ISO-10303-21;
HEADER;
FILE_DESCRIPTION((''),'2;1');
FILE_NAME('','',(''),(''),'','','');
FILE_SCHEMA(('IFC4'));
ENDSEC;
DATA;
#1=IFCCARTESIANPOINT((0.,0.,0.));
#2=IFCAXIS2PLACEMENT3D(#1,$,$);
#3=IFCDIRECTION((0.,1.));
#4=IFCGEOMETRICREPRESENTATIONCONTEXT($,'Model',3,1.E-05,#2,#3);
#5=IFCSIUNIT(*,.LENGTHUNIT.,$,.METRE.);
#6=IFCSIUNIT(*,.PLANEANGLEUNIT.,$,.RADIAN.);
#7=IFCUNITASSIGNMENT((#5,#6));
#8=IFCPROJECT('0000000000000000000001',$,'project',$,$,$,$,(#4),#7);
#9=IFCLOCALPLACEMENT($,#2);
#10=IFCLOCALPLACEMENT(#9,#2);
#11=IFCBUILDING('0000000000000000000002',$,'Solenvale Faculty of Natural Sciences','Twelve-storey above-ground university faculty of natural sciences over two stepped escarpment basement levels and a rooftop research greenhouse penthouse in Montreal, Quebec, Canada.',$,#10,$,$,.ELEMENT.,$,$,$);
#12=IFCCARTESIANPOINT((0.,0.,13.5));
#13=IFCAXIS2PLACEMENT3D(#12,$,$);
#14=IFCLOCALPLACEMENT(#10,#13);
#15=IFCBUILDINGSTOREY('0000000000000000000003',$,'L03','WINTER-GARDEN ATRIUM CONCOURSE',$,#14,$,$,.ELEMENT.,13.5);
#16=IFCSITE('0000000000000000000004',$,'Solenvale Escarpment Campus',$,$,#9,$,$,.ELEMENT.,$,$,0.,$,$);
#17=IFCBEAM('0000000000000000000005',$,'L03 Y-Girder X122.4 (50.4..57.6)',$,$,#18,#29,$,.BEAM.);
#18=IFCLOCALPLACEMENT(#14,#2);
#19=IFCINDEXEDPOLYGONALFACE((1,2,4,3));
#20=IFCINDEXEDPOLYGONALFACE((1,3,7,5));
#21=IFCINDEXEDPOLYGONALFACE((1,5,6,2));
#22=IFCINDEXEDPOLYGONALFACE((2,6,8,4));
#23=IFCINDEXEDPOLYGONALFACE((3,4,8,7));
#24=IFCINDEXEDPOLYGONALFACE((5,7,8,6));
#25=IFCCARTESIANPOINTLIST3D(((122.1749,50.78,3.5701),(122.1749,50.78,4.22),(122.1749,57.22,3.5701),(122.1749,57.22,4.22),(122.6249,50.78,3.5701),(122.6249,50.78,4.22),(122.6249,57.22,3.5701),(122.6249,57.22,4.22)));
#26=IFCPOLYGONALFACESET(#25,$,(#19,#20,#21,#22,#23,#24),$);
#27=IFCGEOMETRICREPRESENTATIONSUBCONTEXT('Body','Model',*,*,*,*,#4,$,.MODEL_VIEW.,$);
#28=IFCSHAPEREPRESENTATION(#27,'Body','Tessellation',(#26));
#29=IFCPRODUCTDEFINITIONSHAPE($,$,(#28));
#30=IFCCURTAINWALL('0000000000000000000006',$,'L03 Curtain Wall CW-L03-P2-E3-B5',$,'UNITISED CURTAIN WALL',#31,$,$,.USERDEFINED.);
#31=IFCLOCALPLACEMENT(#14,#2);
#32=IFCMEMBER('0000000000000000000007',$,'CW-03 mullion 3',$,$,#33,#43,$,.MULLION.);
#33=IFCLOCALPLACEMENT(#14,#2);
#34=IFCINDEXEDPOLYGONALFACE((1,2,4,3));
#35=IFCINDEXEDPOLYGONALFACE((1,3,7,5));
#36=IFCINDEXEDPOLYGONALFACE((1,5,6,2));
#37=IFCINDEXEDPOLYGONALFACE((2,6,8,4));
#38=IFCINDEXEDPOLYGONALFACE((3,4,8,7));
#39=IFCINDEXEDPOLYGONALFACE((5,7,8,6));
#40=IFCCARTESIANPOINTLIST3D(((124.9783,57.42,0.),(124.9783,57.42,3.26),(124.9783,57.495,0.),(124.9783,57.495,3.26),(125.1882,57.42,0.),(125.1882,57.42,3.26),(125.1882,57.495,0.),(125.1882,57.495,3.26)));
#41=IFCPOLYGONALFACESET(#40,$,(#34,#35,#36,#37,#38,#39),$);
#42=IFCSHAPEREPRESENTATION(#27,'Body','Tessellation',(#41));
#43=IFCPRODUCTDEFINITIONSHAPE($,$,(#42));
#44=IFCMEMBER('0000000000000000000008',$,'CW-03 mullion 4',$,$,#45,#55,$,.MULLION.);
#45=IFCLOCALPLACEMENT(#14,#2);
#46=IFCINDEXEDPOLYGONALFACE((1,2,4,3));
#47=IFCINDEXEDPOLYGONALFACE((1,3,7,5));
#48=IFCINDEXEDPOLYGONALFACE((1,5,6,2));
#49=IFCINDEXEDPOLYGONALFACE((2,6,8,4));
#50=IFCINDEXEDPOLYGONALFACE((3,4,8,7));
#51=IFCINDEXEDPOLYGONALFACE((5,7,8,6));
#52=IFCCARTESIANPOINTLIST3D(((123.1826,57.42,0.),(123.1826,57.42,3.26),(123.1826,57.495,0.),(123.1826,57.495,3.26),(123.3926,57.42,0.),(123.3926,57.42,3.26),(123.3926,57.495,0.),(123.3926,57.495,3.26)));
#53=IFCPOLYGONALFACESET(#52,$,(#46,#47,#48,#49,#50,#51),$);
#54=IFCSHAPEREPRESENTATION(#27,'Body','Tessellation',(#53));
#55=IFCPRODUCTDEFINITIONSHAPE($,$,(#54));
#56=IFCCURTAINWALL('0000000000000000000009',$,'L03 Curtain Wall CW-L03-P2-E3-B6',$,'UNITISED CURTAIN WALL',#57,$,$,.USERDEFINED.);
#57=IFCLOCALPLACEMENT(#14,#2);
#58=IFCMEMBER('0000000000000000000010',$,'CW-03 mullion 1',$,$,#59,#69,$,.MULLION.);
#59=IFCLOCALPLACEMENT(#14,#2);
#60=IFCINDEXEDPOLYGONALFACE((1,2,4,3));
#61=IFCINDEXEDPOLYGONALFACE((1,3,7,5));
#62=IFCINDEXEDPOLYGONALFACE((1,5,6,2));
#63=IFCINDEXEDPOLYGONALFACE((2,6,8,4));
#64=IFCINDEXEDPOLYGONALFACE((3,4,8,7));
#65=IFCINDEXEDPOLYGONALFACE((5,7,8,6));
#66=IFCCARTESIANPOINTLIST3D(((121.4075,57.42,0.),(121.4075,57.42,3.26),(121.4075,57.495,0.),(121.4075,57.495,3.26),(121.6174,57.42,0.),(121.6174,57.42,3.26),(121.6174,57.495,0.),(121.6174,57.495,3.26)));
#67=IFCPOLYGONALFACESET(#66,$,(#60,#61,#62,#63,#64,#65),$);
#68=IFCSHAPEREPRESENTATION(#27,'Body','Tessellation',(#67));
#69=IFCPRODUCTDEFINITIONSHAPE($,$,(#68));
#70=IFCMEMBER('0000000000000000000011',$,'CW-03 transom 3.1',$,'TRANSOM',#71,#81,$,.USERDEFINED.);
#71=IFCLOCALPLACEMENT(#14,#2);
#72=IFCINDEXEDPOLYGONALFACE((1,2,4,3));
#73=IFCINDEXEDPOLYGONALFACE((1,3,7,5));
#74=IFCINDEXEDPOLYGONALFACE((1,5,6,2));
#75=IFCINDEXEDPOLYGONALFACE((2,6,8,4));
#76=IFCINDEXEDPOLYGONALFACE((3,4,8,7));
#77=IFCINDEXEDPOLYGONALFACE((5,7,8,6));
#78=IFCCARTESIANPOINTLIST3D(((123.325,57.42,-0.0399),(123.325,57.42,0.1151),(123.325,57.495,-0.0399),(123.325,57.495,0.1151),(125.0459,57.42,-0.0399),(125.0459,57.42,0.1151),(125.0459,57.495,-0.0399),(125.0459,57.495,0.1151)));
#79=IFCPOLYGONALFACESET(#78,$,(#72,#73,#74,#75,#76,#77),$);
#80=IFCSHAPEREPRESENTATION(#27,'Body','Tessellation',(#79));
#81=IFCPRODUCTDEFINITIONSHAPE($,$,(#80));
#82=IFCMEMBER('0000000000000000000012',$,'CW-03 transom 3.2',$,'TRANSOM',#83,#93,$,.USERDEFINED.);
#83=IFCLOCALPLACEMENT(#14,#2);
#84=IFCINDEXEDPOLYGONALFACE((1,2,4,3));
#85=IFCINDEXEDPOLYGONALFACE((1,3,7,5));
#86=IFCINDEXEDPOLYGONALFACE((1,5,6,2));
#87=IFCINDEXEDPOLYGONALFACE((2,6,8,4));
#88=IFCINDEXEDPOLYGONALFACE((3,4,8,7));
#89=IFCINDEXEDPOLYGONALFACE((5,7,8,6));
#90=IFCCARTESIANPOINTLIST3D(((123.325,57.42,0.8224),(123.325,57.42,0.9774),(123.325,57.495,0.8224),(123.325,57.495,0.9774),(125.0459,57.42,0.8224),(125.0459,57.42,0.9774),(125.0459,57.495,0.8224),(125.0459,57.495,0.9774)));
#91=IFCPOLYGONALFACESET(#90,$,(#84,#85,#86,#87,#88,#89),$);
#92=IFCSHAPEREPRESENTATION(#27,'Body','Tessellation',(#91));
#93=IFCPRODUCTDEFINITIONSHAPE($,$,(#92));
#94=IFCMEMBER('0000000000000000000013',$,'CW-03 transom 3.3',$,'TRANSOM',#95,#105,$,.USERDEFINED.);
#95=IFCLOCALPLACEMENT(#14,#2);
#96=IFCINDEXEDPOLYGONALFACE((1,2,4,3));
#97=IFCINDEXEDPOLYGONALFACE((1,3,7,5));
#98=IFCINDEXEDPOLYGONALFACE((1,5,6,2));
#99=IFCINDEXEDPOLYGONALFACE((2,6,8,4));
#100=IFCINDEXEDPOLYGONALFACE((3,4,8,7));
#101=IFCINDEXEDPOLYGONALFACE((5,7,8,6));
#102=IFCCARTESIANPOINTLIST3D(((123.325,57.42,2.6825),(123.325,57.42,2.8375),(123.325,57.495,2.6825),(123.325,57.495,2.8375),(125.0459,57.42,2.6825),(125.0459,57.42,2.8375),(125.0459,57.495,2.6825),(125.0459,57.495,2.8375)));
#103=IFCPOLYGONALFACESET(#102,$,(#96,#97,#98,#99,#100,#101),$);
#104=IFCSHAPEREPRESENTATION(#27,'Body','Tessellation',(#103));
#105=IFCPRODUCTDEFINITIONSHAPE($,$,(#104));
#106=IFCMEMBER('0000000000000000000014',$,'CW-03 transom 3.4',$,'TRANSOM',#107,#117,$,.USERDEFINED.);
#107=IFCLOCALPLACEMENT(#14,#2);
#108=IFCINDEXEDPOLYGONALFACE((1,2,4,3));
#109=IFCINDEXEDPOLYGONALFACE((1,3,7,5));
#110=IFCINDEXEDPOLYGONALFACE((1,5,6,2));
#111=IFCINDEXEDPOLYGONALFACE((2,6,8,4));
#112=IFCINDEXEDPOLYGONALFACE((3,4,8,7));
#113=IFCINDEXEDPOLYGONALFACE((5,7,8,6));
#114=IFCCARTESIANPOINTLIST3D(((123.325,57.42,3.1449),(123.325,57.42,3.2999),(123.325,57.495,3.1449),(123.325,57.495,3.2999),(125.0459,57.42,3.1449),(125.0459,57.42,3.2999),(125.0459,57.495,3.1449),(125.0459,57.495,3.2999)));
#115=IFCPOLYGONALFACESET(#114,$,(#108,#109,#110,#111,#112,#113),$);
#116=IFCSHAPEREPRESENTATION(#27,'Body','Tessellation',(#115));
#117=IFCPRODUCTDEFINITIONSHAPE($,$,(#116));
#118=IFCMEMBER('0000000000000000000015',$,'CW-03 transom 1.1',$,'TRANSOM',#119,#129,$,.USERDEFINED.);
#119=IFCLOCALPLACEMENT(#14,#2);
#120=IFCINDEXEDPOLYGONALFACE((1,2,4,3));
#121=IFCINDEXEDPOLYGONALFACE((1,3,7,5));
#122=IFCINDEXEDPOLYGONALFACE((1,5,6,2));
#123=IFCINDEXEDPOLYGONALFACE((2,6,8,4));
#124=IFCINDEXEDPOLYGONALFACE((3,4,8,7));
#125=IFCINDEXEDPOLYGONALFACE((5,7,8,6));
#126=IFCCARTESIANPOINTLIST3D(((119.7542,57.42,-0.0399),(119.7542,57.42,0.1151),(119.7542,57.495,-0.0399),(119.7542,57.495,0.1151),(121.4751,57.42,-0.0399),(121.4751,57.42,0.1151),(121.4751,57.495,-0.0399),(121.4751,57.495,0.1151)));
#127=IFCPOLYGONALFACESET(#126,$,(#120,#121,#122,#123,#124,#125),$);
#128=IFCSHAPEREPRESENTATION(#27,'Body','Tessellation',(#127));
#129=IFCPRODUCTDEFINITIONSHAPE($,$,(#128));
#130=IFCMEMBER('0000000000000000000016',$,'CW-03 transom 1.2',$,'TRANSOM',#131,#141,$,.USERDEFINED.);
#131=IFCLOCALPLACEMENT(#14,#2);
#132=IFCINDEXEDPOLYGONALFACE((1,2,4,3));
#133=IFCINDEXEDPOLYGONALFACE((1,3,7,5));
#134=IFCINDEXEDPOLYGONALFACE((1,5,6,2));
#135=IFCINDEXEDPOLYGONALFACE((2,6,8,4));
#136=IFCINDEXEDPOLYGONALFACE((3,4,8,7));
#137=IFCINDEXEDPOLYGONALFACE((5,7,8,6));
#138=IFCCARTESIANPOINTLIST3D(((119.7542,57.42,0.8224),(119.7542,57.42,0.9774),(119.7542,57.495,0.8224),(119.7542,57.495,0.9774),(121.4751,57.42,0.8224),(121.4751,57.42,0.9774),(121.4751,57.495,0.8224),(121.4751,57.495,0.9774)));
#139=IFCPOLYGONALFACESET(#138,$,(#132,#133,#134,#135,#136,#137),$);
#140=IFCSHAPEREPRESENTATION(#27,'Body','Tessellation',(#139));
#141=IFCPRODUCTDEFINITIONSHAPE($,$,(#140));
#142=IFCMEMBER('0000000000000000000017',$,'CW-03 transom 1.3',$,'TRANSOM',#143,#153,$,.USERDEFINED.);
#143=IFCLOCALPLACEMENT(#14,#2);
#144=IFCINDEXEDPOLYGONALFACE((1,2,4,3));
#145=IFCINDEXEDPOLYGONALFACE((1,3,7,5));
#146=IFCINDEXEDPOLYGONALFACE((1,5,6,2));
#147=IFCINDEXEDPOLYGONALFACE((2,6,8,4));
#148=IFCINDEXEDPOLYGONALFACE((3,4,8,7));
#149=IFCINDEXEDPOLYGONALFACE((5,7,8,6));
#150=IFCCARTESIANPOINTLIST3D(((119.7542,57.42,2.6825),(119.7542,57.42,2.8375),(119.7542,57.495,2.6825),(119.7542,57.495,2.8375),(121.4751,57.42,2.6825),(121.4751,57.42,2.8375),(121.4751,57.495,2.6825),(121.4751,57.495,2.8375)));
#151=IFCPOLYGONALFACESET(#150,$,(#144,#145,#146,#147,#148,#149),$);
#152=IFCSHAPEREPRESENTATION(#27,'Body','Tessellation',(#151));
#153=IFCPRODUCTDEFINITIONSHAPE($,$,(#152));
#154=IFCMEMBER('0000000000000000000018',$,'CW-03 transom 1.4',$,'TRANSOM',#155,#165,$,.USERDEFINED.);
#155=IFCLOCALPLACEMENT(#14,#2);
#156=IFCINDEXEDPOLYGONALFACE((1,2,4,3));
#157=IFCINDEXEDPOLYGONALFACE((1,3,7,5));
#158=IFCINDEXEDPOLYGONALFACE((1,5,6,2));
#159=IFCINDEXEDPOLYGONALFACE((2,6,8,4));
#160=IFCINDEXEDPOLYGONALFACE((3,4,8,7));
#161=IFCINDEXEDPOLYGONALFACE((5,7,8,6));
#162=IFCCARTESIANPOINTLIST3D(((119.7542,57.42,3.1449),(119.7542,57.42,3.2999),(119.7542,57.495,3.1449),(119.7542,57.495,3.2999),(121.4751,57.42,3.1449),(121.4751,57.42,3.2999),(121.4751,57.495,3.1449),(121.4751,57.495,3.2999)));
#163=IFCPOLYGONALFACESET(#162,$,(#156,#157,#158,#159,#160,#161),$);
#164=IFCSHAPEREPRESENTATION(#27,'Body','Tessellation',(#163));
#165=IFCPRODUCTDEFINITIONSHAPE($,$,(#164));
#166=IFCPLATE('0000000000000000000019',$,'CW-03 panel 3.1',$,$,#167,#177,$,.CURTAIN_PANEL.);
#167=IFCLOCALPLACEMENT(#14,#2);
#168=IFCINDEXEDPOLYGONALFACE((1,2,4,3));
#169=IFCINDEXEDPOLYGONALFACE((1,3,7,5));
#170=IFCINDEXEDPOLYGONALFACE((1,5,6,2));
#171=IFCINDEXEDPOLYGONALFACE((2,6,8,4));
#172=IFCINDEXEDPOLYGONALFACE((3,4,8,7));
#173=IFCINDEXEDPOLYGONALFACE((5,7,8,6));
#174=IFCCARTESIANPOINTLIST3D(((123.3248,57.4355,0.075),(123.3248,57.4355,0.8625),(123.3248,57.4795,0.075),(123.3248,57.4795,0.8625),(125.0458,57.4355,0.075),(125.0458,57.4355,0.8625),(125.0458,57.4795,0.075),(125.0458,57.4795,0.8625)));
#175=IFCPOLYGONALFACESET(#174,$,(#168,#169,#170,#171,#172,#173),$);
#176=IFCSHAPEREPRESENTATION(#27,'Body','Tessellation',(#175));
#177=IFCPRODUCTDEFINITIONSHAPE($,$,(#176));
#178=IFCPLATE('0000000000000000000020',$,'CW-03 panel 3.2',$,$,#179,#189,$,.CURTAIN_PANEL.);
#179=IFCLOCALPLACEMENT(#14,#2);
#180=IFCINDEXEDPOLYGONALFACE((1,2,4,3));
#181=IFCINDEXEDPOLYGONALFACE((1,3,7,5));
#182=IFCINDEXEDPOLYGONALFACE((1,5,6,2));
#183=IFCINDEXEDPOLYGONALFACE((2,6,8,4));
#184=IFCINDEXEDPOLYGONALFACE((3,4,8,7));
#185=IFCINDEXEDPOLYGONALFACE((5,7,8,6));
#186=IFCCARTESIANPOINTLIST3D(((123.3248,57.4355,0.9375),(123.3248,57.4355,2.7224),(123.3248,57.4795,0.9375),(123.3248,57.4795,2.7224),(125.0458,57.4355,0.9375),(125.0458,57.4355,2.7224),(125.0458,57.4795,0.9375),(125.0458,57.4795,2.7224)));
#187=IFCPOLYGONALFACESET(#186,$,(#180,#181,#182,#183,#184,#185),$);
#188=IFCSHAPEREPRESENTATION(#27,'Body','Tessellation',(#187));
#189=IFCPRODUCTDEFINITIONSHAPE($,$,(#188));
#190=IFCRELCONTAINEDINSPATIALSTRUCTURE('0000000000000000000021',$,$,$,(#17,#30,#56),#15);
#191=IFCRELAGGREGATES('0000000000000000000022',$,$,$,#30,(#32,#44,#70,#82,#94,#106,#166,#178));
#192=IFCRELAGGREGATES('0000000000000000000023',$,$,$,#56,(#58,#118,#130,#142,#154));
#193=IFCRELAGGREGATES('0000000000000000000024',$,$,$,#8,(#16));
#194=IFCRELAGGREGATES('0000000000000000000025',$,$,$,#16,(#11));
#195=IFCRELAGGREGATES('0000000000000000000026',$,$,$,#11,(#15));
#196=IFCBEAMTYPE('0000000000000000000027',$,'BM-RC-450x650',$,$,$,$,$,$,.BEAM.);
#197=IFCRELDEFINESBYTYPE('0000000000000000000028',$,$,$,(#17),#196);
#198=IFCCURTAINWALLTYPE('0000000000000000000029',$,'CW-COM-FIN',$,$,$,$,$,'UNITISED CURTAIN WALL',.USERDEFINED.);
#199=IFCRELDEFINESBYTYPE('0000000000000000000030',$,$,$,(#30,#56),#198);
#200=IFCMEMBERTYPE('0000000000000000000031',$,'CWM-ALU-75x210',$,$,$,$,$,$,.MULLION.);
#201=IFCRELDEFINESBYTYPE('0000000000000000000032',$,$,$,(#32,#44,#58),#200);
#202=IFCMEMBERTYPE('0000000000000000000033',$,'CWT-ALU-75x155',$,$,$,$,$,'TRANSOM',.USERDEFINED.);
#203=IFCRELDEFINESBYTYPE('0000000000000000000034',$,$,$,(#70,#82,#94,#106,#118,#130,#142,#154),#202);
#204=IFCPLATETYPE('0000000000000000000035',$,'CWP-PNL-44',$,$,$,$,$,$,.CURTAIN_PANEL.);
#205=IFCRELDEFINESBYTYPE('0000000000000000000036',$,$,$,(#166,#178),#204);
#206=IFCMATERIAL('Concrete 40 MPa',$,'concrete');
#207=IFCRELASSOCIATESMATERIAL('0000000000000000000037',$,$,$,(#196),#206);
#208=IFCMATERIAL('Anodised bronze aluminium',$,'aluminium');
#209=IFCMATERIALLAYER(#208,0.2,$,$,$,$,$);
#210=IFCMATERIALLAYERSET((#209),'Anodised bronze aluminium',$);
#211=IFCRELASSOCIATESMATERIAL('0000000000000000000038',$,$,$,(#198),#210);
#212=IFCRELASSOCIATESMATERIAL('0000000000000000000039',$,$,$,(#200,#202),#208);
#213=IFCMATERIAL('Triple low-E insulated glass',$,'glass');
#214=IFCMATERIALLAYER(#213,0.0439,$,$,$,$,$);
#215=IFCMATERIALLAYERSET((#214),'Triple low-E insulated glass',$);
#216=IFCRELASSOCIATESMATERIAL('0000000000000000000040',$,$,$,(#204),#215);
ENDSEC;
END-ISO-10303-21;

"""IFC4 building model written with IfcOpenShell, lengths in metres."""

from ifc_helpers import new_model, si_unit, direction, frame, origin, origin_2d, place, context, subcontext, project, spatial, rectangle, extrude, material, layer, layer_set, material_profile, profile_set, type_object, element, aggregate, save


model = new_model("IFC4")

# Units and contexts
model_context = context("Model", 3, precision=1e-05, world=origin(), true_north=direction((0.0, 1.0)))
body_context = subcontext(model_context, "Body", "Model", "MODEL_VIEW")
ifc_project = project(units=[si_unit("LENGTHUNIT", "METRE"), si_unit("PLANEANGLEUNIT", "RADIAN")], contexts=[model_context])

# Site, building, storey
site_placement = place(None, origin())
site = spatial("IfcSite", under=ifc_project, at=site_placement, Name="Solenvale Escarpment Campus", CompositionType="ELEMENT", RefElevation=0.0)
building_placement = place(site_placement, origin())
building = spatial("IfcBuilding", under=site, at=building_placement, Name="Solenvale Faculty of Natural Sciences", Description="Twelve-storey above-ground university faculty of natural sciences over two stepped escarpment basement levels and a rooftop research greenhouse penthouse in Montreal, Quebec, Canada.", CompositionType="ELEMENT")
storey_placement = place(building_placement, frame((0.0, 0.0, 13.5)))
storey = spatial("IfcBuildingStorey", under=building, at=storey_placement, Name="L03", Description="WINTER-GARDEN ATRIUM CONCOURSE", CompositionType="ELEMENT", Elevation=13.5)

# Beam
ifc_material_1 = material(Name="Concrete 40 MPa", Category="concrete")
ifc_material_profile_1 = material_profile(ifc_material_1, rectangle(XDim=0.45, YDim=0.6499, at=origin_2d()), Name="RC-BM-450x650")
ifc_profile_set_1 = profile_set([ifc_material_profile_1], Name="Concrete 40 MPa")
beam_type = type_object("IfcBeamType", Name="BM-RC-450x650", PredefinedType="BEAM", material=ifc_profile_set_1)
beam_placement = place(storey_placement, frame((122.3999, 50.78, 3.895), z_axis=(0.0, 1.0, 0.0), x_axis=(-1.0, 0.0, 0.0)))
element("IfcBeam", 1, at=beam_placement, inside=storey, type_object=beam_type, Name="L03 Y-Girder X122.4 (50.4..57.6)", PredefinedType="BEAM", context=body_context, shape_type="SweptSolid", body=[
    extrude(rectangle(XDim=0.45, YDim=0.6499, at=origin_2d()), origin(), (0.0, 0.0, 1.0), 6.4399),
])

# Curtain wall, members
ifc_material_2 = material(Name="Anodised bronze aluminium", Category="aluminium")
ifc_layer_1 = layer(ifc_material_2, 0.2)
ifc_layer_set_1 = layer_set([ifc_layer_1], Name="Anodised bronze aluminium")
curtain_wall_type = type_object("IfcCurtainWallType", Name="CW-COM-FIN", ElementType="UNITISED CURTAIN WALL", PredefinedType="USERDEFINED", material=ifc_layer_set_1)
curtain_wall_1_placement = place(storey_placement, origin())
curtain_wall_1 = element("IfcCurtainWall", 2, at=curtain_wall_1_placement, inside=storey, type_object=curtain_wall_type, Name="L03 Curtain Wall CW-L03-P2-E3-B5", ObjectType="UNITISED CURTAIN WALL", PredefinedType="USERDEFINED")
ifc_material_profile_2 = material_profile(ifc_material_2, rectangle(XDim=0.075, YDim=0.21, at=origin_2d()), Name="ALU-MUL-75x210")
ifc_profile_set_2 = profile_set([ifc_material_profile_2], Name="Anodised bronze aluminium")
member_type_1 = type_object("IfcMemberType", Name="CWM-ALU-75x210", PredefinedType="MULLION", material=ifc_profile_set_2)
member_1_placement = place(storey_placement, frame((125.0833, 57.4575, 0.0), z_axis=(0.0, 0.0, 1.0), x_axis=(0.0, -1.0, 0.0)))
member_1 = element("IfcMember", 3, at=member_1_placement, type_object=member_type_1, Name="CW-03 mullion 3", PredefinedType="MULLION", context=body_context, shape_type="SweptSolid", body=[
    extrude(rectangle(XDim=0.075, YDim=0.21, at=origin_2d()), origin(), (0.0, 0.0, 1.0), 3.26),
])
member_2_placement = place(storey_placement, frame((123.2876, 57.4575, 0.0), z_axis=(0.0, 0.0, 1.0), x_axis=(0.0, -1.0, 0.0)))
member_2 = element("IfcMember", 4, at=member_2_placement, type_object=member_type_1, Name="CW-03 mullion 4", PredefinedType="MULLION", context=body_context, shape_type="SweptSolid", body=[
    extrude(rectangle(XDim=0.075, YDim=0.21, at=origin_2d()), origin(), (0.0, 0.0, 1.0), 3.26),
])

# Curtain wall, member
curtain_wall_2_placement = place(storey_placement, origin())
curtain_wall_2 = element("IfcCurtainWall", 5, at=curtain_wall_2_placement, inside=storey, type_object=curtain_wall_type, Name="L03 Curtain Wall CW-L03-P2-E3-B6", ObjectType="UNITISED CURTAIN WALL", PredefinedType="USERDEFINED")
member_3_placement = place(storey_placement, frame((121.5125, 57.4575, 0.0), z_axis=(0.0, 0.0, 1.0), x_axis=(0.0, -1.0, 0.0)))
member_3 = element("IfcMember", 6, at=member_3_placement, type_object=member_type_1, Name="CW-03 mullion 1", PredefinedType="MULLION", context=body_context, shape_type="SweptSolid", body=[
    extrude(rectangle(XDim=0.075, YDim=0.21, at=origin_2d()), origin(), (0.0, 0.0, 1.0), 3.26),
])

# Members
ifc_material_profile_3 = material_profile(ifc_material_2, rectangle(XDim=0.075, YDim=0.155, at=origin_2d()), Name="ALU-TRN-75x155")
ifc_profile_set_3 = profile_set([ifc_material_profile_3], Name="Anodised bronze aluminium")
member_type_2 = type_object("IfcMemberType", Name="CWT-ALU-75x155", ElementType="TRANSOM", PredefinedType="USERDEFINED", material=ifc_profile_set_3)
member_4_placement = place(storey_placement, frame((125.0459, 57.4575, 0.0376), z_axis=(-1.0, 0.0, 0.0), x_axis=(0.0, -1.0, 0.0)))
member_4 = element("IfcMember", 7, at=member_4_placement, type_object=member_type_2, Name="CW-03 transom 3.1", ObjectType="TRANSOM", PredefinedType="USERDEFINED", context=body_context, shape_type="SweptSolid", body=[
    extrude(rectangle(XDim=0.075, YDim=0.155, at=origin_2d()), origin(), (0.0, 0.0, 1.0), 1.7209),
])
member_5_placement = place(storey_placement, frame((125.0459, 57.4575, 0.8999), z_axis=(-1.0, 0.0, 0.0), x_axis=(0.0, -1.0, 0.0)))
member_5 = element("IfcMember", 8, at=member_5_placement, type_object=member_type_2, Name="CW-03 transom 3.2", ObjectType="TRANSOM", PredefinedType="USERDEFINED", context=body_context, shape_type="SweptSolid", body=[
    extrude(rectangle(XDim=0.075, YDim=0.155, at=origin_2d()), origin(), (0.0, 0.0, 1.0), 1.7209),
])
member_6_placement = place(storey_placement, frame((125.0459, 57.4575, 2.76), z_axis=(-1.0, 0.0, 0.0), x_axis=(0.0, -1.0, 0.0)))
member_6 = element("IfcMember", 9, at=member_6_placement, type_object=member_type_2, Name="CW-03 transom 3.3", ObjectType="TRANSOM", PredefinedType="USERDEFINED", context=body_context, shape_type="SweptSolid", body=[
    extrude(rectangle(XDim=0.075, YDim=0.155, at=origin_2d()), origin(), (0.0, 0.0, 1.0), 1.7209),
])
member_7_placement = place(storey_placement, frame((125.0459, 57.4575, 3.2224), z_axis=(-1.0, 0.0, 0.0), x_axis=(0.0, -1.0, 0.0)))
member_7 = element("IfcMember", 10, at=member_7_placement, type_object=member_type_2, Name="CW-03 transom 3.4", ObjectType="TRANSOM", PredefinedType="USERDEFINED", context=body_context, shape_type="SweptSolid", body=[
    extrude(rectangle(XDim=0.075, YDim=0.155, at=origin_2d()), origin(), (0.0, 0.0, 1.0), 1.7209),
])
member_8_placement = place(storey_placement, frame((121.4751, 57.4575, 0.0376), z_axis=(-1.0, 0.0, 0.0), x_axis=(0.0, -1.0, 0.0)))
member_8 = element("IfcMember", 11, at=member_8_placement, type_object=member_type_2, Name="CW-03 transom 1.1", ObjectType="TRANSOM", PredefinedType="USERDEFINED", context=body_context, shape_type="SweptSolid", body=[
    extrude(rectangle(XDim=0.075, YDim=0.155, at=origin_2d()), origin(), (0.0, 0.0, 1.0), 1.7209),
])
member_9_placement = place(storey_placement, frame((121.4751, 57.4575, 0.8999), z_axis=(-1.0, 0.0, 0.0), x_axis=(0.0, -1.0, 0.0)))
member_9 = element("IfcMember", 12, at=member_9_placement, type_object=member_type_2, Name="CW-03 transom 1.2", ObjectType="TRANSOM", PredefinedType="USERDEFINED", context=body_context, shape_type="SweptSolid", body=[
    extrude(rectangle(XDim=0.075, YDim=0.155, at=origin_2d()), origin(), (0.0, 0.0, 1.0), 1.7209),
])
member_10_placement = place(storey_placement, frame((121.4751, 57.4575, 2.76), z_axis=(-1.0, 0.0, 0.0), x_axis=(0.0, -1.0, 0.0)))
member_10 = element("IfcMember", 13, at=member_10_placement, type_object=member_type_2, Name="CW-03 transom 1.3", ObjectType="TRANSOM", PredefinedType="USERDEFINED", context=body_context, shape_type="SweptSolid", body=[
    extrude(rectangle(XDim=0.075, YDim=0.155, at=origin_2d()), origin(), (0.0, 0.0, 1.0), 1.7209),
])
member_11_placement = place(storey_placement, frame((121.4751, 57.4575, 3.2224), z_axis=(-1.0, 0.0, 0.0), x_axis=(0.0, -1.0, 0.0)))
member_11 = element("IfcMember", 14, at=member_11_placement, type_object=member_type_2, Name="CW-03 transom 1.4", ObjectType="TRANSOM", PredefinedType="USERDEFINED", context=body_context, shape_type="SweptSolid", body=[
    extrude(rectangle(XDim=0.075, YDim=0.155, at=origin_2d()), origin(), (0.0, 0.0, 1.0), 1.7209),
])

# Plates
ifc_material_3 = material(Name="Triple low-E insulated glass", Category="glass")
ifc_layer_2 = layer(ifc_material_3, 0.0439)
ifc_layer_set_2 = layer_set([ifc_layer_2], Name="Triple low-E insulated glass")
plate_type_1 = type_object("IfcPlateType", Name="CWP-PNL-44", PredefinedType="CURTAIN_PANEL", material=ifc_layer_set_2)
plate_1_placement = place(storey_placement, frame((124.1853, 57.4575, 0.075), z_axis=(0.0, 0.0, 1.0), x_axis=(-1.0, 0.0, 0.0)))
plate_1 = element("IfcPlate", 15, at=plate_1_placement, type_object=plate_type_1, Name="CW-03 panel 3.1", PredefinedType="CURTAIN_PANEL", context=body_context, shape_type="SweptSolid", body=[
    extrude(rectangle(XDim=1.7209, YDim=0.0439, at=origin_2d()), origin(), (0.0, 0.0, 1.0), 0.7876),
])
plate_2_placement = place(storey_placement, frame((124.1853, 57.4575, 0.9375), z_axis=(0.0, 0.0, 1.0), x_axis=(-1.0, 0.0, 0.0)))
plate_2 = element("IfcPlate", 16, at=plate_2_placement, type_object=plate_type_1, Name="CW-03 panel 3.2", PredefinedType="CURTAIN_PANEL", context=body_context, shape_type="SweptSolid", body=[
    extrude(rectangle(XDim=1.7209, YDim=0.0439, at=origin_2d()), origin(), (0.0, 0.0, 1.0), 1.7849),
])
aggregate(curtain_wall_1, [member_1, member_2, member_4, member_5, member_6, member_7, plate_1, plate_2])
aggregate(curtain_wall_2, [member_3, member_8, member_9, member_10, member_11])

save(model, "model.ifc")
